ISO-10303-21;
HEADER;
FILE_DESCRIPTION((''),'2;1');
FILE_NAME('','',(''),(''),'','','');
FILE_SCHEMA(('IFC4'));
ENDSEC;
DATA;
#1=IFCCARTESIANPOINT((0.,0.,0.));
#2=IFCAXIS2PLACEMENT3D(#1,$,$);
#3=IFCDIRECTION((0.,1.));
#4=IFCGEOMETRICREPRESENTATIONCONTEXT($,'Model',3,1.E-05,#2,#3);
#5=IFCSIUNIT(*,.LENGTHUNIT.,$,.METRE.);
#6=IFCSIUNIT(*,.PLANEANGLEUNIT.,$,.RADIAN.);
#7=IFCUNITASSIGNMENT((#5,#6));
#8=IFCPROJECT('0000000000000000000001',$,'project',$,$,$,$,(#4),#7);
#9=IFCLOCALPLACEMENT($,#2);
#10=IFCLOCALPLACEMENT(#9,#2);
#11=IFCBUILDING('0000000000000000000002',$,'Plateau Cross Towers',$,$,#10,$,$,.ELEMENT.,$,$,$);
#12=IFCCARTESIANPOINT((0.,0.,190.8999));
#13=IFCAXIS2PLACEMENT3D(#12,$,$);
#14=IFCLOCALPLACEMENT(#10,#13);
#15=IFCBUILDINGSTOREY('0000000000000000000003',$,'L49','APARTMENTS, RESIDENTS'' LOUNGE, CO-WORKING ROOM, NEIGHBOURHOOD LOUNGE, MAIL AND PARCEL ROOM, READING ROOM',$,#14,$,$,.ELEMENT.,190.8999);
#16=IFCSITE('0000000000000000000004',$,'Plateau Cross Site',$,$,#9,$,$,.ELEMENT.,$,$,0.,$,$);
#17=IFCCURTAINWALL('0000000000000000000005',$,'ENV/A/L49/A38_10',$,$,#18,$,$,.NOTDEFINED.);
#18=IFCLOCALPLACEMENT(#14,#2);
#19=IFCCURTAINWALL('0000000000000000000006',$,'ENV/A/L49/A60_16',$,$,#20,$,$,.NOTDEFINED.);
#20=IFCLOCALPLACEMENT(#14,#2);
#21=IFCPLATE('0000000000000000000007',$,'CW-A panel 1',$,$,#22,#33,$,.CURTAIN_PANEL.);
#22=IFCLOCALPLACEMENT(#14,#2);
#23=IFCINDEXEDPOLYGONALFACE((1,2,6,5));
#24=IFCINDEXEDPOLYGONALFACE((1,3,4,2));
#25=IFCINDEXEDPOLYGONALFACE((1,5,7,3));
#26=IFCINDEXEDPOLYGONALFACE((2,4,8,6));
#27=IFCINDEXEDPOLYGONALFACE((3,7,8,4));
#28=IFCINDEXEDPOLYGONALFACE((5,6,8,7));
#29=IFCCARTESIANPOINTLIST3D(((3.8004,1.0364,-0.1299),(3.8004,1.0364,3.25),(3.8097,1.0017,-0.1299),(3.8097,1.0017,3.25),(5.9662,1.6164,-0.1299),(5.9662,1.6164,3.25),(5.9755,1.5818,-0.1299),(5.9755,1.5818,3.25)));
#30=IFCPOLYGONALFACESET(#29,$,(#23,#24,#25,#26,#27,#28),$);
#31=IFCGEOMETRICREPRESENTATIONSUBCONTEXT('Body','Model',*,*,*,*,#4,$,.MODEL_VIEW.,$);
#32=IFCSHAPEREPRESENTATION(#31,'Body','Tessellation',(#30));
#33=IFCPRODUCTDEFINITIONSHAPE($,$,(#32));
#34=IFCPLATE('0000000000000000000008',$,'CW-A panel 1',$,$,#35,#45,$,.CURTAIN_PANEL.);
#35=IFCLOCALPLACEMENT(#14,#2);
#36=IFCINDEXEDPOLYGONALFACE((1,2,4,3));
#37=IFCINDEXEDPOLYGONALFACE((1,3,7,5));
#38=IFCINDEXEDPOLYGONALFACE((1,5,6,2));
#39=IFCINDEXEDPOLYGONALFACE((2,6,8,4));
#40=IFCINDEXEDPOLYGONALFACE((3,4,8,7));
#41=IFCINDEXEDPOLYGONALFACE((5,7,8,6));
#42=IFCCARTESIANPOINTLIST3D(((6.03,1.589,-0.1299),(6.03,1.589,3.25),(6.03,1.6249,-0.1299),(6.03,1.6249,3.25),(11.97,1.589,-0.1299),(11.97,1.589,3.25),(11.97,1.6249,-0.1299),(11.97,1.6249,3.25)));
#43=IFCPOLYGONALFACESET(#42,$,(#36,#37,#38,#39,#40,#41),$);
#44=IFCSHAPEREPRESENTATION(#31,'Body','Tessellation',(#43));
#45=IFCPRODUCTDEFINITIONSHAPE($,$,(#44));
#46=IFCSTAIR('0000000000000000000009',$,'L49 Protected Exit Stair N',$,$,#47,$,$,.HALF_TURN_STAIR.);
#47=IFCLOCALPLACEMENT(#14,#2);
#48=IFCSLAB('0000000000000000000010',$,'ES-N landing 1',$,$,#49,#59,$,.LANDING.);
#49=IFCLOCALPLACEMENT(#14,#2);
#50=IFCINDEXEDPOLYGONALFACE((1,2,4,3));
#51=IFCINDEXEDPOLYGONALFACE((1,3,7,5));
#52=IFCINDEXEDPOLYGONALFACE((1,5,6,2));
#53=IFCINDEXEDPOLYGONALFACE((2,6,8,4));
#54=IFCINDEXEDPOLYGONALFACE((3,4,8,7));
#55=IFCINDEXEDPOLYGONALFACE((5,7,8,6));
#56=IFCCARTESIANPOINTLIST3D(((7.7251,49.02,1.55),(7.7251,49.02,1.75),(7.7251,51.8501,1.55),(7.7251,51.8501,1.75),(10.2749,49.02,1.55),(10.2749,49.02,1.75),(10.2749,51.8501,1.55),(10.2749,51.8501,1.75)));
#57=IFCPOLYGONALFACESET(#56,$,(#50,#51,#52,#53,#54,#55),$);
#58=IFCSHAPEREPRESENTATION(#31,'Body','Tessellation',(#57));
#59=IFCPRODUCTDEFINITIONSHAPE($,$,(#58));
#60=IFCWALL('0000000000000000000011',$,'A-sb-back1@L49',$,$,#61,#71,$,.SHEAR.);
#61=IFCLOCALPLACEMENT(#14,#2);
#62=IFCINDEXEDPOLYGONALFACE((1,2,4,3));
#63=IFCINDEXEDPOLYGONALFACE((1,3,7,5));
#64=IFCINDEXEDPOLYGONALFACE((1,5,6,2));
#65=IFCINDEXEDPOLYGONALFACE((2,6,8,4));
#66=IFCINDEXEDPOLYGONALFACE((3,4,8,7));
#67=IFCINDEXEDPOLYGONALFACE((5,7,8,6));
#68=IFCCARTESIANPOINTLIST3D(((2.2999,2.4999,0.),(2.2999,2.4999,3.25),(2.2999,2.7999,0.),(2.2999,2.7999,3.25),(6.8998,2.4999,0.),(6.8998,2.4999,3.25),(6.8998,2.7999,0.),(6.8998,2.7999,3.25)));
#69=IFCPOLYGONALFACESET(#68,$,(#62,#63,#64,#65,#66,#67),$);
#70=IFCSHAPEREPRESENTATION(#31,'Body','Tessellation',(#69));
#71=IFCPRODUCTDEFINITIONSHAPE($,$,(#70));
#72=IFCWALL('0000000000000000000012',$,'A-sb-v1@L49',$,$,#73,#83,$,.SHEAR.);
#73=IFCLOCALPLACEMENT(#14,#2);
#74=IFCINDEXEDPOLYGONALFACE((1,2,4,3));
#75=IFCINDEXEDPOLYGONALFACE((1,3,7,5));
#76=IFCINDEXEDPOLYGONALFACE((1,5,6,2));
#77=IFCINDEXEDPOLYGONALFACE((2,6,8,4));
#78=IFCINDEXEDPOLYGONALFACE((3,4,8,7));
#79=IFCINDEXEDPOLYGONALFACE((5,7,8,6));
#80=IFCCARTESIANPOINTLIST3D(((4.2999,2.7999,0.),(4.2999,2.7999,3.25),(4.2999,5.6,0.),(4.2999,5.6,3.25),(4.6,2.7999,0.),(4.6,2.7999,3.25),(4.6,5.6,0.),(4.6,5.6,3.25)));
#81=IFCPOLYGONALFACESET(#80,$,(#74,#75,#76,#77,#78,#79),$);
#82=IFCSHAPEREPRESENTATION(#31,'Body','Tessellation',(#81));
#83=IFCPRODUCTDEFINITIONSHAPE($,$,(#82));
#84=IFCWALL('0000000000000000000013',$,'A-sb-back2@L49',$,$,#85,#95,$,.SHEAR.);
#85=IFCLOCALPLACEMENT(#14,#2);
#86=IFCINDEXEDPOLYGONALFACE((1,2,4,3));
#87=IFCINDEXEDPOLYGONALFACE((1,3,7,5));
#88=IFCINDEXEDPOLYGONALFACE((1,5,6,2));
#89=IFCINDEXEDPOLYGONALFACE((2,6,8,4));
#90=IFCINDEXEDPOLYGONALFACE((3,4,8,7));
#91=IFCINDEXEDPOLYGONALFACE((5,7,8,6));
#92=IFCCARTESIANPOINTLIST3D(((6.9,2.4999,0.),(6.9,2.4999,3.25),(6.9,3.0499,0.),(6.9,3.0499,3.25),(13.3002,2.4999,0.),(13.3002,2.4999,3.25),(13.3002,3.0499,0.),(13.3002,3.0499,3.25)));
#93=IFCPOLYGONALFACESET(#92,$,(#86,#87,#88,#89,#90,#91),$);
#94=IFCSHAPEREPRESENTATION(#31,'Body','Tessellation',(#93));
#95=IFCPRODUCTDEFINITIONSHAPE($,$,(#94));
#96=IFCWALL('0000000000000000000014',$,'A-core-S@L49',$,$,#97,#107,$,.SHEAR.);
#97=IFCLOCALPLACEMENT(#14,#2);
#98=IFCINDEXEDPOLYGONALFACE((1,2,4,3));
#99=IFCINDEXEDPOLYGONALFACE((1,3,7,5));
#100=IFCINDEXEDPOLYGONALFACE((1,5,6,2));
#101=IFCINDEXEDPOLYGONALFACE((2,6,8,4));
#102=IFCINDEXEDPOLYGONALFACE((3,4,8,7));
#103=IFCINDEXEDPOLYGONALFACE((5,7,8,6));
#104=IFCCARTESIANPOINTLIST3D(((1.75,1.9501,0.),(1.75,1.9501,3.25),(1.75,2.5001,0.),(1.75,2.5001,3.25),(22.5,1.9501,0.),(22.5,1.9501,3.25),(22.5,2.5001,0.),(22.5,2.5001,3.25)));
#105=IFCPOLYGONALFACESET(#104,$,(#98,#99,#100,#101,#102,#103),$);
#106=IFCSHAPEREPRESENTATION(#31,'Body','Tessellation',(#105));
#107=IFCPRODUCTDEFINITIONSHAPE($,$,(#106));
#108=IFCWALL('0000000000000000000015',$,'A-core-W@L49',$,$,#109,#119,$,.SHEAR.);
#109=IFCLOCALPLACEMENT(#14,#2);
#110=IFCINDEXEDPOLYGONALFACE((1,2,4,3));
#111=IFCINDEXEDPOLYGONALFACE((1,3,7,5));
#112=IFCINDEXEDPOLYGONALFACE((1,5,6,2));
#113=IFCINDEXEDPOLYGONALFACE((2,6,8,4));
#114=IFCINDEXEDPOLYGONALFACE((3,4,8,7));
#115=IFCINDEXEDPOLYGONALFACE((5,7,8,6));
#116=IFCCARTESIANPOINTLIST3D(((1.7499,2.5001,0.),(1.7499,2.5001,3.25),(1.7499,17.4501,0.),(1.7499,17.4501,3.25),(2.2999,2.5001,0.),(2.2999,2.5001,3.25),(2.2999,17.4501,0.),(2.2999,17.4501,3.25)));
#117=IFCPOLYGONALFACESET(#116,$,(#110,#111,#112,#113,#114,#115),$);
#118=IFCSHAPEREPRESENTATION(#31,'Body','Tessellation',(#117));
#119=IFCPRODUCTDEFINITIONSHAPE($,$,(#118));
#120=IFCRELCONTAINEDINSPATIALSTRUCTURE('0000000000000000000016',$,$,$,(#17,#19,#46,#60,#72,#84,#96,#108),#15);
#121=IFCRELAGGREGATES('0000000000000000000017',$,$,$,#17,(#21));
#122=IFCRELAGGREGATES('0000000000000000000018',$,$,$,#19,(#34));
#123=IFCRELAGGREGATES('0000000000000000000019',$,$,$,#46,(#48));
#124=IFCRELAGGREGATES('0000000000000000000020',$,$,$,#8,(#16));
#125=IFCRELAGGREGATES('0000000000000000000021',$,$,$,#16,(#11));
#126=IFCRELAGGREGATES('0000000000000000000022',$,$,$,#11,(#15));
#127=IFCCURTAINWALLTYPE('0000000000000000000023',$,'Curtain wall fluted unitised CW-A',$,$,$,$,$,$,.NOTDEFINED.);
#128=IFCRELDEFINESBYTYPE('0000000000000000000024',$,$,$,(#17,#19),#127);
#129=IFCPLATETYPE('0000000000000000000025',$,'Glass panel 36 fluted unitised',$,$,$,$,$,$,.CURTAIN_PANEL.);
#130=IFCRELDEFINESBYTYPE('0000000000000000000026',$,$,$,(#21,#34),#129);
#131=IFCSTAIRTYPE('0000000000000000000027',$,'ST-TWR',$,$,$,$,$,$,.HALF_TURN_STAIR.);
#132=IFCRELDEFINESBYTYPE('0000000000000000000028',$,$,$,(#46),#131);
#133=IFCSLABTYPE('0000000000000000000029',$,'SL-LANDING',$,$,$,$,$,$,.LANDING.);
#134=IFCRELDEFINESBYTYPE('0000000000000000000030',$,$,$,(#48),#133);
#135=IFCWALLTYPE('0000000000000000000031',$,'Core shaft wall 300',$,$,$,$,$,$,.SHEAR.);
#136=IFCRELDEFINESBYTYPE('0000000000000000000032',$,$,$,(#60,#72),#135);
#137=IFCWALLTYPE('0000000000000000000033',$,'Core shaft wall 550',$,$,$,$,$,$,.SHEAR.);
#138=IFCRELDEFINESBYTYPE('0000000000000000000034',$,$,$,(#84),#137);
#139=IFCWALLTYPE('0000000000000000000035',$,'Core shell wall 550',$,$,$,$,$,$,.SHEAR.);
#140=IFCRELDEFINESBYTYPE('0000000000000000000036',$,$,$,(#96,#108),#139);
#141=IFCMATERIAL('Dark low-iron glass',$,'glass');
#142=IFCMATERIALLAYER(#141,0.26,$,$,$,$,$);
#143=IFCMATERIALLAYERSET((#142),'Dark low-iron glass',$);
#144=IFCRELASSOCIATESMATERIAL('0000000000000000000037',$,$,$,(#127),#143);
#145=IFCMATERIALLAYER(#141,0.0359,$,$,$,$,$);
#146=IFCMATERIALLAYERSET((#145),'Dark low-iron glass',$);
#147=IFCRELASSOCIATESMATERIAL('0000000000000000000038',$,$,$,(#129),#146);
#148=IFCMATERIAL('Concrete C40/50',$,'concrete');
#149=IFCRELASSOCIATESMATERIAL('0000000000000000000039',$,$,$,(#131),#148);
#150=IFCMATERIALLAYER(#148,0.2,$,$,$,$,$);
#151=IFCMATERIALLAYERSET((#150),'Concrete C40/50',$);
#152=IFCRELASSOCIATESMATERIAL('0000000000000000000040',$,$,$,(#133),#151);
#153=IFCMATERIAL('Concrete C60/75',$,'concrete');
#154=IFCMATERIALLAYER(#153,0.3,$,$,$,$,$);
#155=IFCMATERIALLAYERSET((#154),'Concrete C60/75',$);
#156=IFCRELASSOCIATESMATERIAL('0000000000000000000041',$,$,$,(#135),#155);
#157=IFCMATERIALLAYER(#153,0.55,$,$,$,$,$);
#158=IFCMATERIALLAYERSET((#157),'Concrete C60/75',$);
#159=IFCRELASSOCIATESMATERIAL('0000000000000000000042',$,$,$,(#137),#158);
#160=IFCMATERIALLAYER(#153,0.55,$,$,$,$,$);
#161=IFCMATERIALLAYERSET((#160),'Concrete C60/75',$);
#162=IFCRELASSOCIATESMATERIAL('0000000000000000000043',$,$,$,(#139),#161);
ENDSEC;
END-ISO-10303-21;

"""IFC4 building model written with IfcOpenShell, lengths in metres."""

from ifc_helpers import new_model, si_unit, direction, frame, frame_2d, origin, origin_2d, place, context, subcontext, project, spatial, polyline, rectangle, outline, extrude, material, layer, layer_set, type_object, element, aggregate, save


model = new_model("IFC4")

# Units and contexts
model_context = context("Model", 3, precision=1e-05, world=origin(), true_north=direction((0.0, 1.0)))
body_context = subcontext(model_context, "Body", "Model", "MODEL_VIEW")
ifc_project = project(units=[si_unit("LENGTHUNIT", "METRE"), si_unit("PLANEANGLEUNIT", "RADIAN")], contexts=[model_context])

# Site, building, storey
site_placement = place(None, origin())
site = spatial("IfcSite", under=ifc_project, at=site_placement, Name="Plateau Cross Site", CompositionType="ELEMENT", RefElevation=0.0)
building_placement = place(site_placement, origin())
building = spatial("IfcBuilding", under=site, at=building_placement, Name="Plateau Cross Towers", CompositionType="ELEMENT")
storey_placement = place(building_placement, frame((0.0, 0.0, 190.8999)))
storey = spatial("IfcBuildingStorey", under=building, at=storey_placement, Name="L49", Description="APARTMENTS, RESIDENTS' LOUNGE, CO-WORKING ROOM, NEIGHBOURHOOD LOUNGE, MAIL AND PARCEL ROOM, READING ROOM", CompositionType="ELEMENT", Elevation=190.8999)

# Shared definitions
ifc_material_1 = material(Name="Concrete C60/75", Category="concrete")

# Shared definitions
ifc_material_2 = material(Name="Dark low-iron glass", Category="glass")

# Curtain walls
ifc_layer_1 = layer(ifc_material_2, 0.26)
ifc_layer_set_1 = layer_set([ifc_layer_1], Name="Dark low-iron glass")
curtain_wall_type_1 = type_object("IfcCurtainWallType", Name="Curtain wall fluted unitised CW-A", PredefinedType="NOTDEFINED", material=ifc_layer_set_1)
curtain_wall_1_placement = place(storey_placement, origin())
curtain_wall_1 = element("IfcCurtainWall", 1, at=curtain_wall_1_placement, inside=storey, type_object=curtain_wall_type_1, Name="ENV/A/L49/A38_10", PredefinedType="NOTDEFINED")
curtain_wall_2_placement = place(storey_placement, origin())
curtain_wall_2 = element("IfcCurtainWall", 2, at=curtain_wall_2_placement, inside=storey, type_object=curtain_wall_type_1, Name="ENV/A/L49/A60_16", PredefinedType="NOTDEFINED")

# Plates
ifc_layer_2 = layer(ifc_material_2, 0.0359)
ifc_layer_set_2 = layer_set([ifc_layer_2], Name="Dark low-iron glass")
plate_type_1 = type_object("IfcPlateType", Name="Glass panel 36 fluted unitised", PredefinedType="CURTAIN_PANEL", material=ifc_layer_set_2)
plate_1_placement = place(storey_placement, frame((4.8879, 1.3091, -0.1299), z_axis=(0.0, 0.0, 1.0), x_axis=(0.965958, 0.258699, 0.0)))
plate_1 = element("IfcPlate", 3, at=plate_1_placement, type_object=plate_type_1, Name="CW-A panel 1", PredefinedType="CURTAIN_PANEL", context=body_context, shape_type="SweptSolid", body=[
    extrude(rectangle(XDim=2.2422, YDim=0.0359, at=origin_2d()), origin(), (0.0, 0.0, 1.0), 3.3799),
])
aggregate(curtain_wall_1, [plate_1])
plate_2_placement = place(storey_placement, frame((9.0, 1.6069, -0.1299), z_axis=(0.0, 0.0, 1.0), x_axis=(1.0, 0.0, 0.0)))
plate_2 = element("IfcPlate", 4, at=plate_2_placement, type_object=plate_type_1, Name="CW-A panel 1", PredefinedType="CURTAIN_PANEL", context=body_context, shape_type="SweptSolid", body=[
    extrude(rectangle(XDim=5.9399, YDim=0.0359, at=origin_2d()), origin(), (0.0, 0.0, 1.0), 3.3799),
])
aggregate(curtain_wall_2, [plate_2])

# Stair, slab
ifc_material_3 = material(Name="Concrete C40/50", Category="concrete")
stair_type = type_object("IfcStairType", Name="ST-TWR", PredefinedType="HALF_TURN_STAIR", material=ifc_material_3)
stair_placement = place(storey_placement, origin())
stair = element("IfcStair", 5, at=stair_placement, inside=storey, type_object=stair_type, Name="L49 Protected Exit Stair N", PredefinedType="HALF_TURN_STAIR")
ifc_layer_3 = layer(ifc_material_3, 0.2)
ifc_layer_set_3 = layer_set([ifc_layer_3], Name="Concrete C40/50")
slab_type = type_object("IfcSlabType", Name="SL-LANDING", PredefinedType="LANDING", material=ifc_layer_set_3)
slab_placement = place(storey_placement, frame((0.0, 0.0, 1.55)))
slab = element("IfcSlab", 6, at=slab_placement, type_object=slab_type, Name="ES-N landing 1", PredefinedType="LANDING", context=body_context, shape_type="SweptSolid", body=[
    extrude(outline(polyline([(10.2749, 49.02), (10.2749, 51.8501), (7.7251, 51.8501), (7.7251, 49.02), (10.2749, 49.02)])), origin(), (0.0, 0.0, 1.0), 0.2),
])
aggregate(stair, [slab])

# Walls
ifc_layer_4 = layer(ifc_material_1, 0.3)
ifc_layer_set_4 = layer_set([ifc_layer_4], Name="Concrete C60/75")
wall_type_1 = type_object("IfcWallType", Name="Core shaft wall 300", PredefinedType="SHEAR", material=ifc_layer_set_4)
wall_1_placement = place(storey_placement, frame((2.3, 2.6499, 0.0), z_axis=(0.0, 0.0, 1.0), x_axis=(1.0, 0.0, 0.0)))
element("IfcWall", 7, at=wall_1_placement, inside=storey, type_object=wall_type_1, Name="A-sb-back1@L49", PredefinedType="SHEAR", context=body_context, shape_type="SweptSolid", body=[
    extrude(rectangle(XDim=4.5999, YDim=0.3, at=frame_2d((2.2998, 0.0))), origin(), (0.0, 0.0, 1.0), 3.25),
])
wall_2_placement = place(storey_placement, frame((4.45, 2.8, 0.0), z_axis=(0.0, 0.0, 1.0), x_axis=(0.0, 1.0, 0.0)))
element("IfcWall", 8, at=wall_2_placement, inside=storey, type_object=wall_type_1, Name="A-sb-v1@L49", PredefinedType="SHEAR", context=body_context, shape_type="SweptSolid", body=[
    extrude(rectangle(XDim=2.8, YDim=0.3, at=frame_2d((1.3999, 0.0))), origin(), (0.0, 0.0, 1.0), 3.25),
])
ifc_layer_5 = layer(ifc_material_1, 0.55)
ifc_layer_set_5 = layer_set([ifc_layer_5], Name="Concrete C60/75")
wall_type_2 = type_object("IfcWallType", Name="Core shaft wall 550", PredefinedType="SHEAR", material=ifc_layer_set_5)
wall_3_placement = place(storey_placement, frame((6.8999, 2.7749, 0.0), z_axis=(0.0, 0.0, 1.0), x_axis=(1.0, 0.0, 0.0)))
element("IfcWall", 9, at=wall_3_placement, inside=storey, type_object=wall_type_2, Name="A-sb-back2@L49", PredefinedType="SHEAR", context=body_context, shape_type="SweptSolid", body=[
    extrude(rectangle(XDim=6.4001, YDim=0.55, at=frame_2d((3.2002, 0.0))), origin(), (0.0, 0.0, 1.0), 3.25),
])
ifc_layer_6 = layer(ifc_material_1, 0.55)
ifc_layer_set_6 = layer_set([ifc_layer_6], Name="Concrete C60/75")
wall_type_3 = type_object("IfcWallType", Name="Core shell wall 550", PredefinedType="SHEAR", material=ifc_layer_set_6)
wall_4_placement = place(storey_placement, frame((1.75, 2.2251, 0.0), z_axis=(0.0, 0.0, 1.0), x_axis=(1.0, 0.0, 0.0)))
element("IfcWall", 10, at=wall_4_placement, inside=storey, type_object=wall_type_3, Name="A-core-S@L49", PredefinedType="SHEAR", context=body_context, shape_type="SweptSolid", body=[
    extrude(rectangle(XDim=20.75, YDim=0.55, at=frame_2d((10.375, 0.0))), origin(), (0.0, 0.0, 1.0), 3.25),
])
wall_5_placement = place(storey_placement, frame((2.0249, 2.5, 0.0), z_axis=(0.0, 0.0, 1.0), x_axis=(0.0, 1.0, 0.0)))
element("IfcWall", 11, at=wall_5_placement, inside=storey, type_object=wall_type_3, Name="A-core-W@L49", PredefinedType="SHEAR", context=body_context, shape_type="SweptSolid", body=[
    extrude(rectangle(XDim=14.95, YDim=0.55, at=frame_2d((7.4751, 0.0))), origin(), (0.0, 0.0, 1.0), 3.25),
])

save(model, "model.ifc")
